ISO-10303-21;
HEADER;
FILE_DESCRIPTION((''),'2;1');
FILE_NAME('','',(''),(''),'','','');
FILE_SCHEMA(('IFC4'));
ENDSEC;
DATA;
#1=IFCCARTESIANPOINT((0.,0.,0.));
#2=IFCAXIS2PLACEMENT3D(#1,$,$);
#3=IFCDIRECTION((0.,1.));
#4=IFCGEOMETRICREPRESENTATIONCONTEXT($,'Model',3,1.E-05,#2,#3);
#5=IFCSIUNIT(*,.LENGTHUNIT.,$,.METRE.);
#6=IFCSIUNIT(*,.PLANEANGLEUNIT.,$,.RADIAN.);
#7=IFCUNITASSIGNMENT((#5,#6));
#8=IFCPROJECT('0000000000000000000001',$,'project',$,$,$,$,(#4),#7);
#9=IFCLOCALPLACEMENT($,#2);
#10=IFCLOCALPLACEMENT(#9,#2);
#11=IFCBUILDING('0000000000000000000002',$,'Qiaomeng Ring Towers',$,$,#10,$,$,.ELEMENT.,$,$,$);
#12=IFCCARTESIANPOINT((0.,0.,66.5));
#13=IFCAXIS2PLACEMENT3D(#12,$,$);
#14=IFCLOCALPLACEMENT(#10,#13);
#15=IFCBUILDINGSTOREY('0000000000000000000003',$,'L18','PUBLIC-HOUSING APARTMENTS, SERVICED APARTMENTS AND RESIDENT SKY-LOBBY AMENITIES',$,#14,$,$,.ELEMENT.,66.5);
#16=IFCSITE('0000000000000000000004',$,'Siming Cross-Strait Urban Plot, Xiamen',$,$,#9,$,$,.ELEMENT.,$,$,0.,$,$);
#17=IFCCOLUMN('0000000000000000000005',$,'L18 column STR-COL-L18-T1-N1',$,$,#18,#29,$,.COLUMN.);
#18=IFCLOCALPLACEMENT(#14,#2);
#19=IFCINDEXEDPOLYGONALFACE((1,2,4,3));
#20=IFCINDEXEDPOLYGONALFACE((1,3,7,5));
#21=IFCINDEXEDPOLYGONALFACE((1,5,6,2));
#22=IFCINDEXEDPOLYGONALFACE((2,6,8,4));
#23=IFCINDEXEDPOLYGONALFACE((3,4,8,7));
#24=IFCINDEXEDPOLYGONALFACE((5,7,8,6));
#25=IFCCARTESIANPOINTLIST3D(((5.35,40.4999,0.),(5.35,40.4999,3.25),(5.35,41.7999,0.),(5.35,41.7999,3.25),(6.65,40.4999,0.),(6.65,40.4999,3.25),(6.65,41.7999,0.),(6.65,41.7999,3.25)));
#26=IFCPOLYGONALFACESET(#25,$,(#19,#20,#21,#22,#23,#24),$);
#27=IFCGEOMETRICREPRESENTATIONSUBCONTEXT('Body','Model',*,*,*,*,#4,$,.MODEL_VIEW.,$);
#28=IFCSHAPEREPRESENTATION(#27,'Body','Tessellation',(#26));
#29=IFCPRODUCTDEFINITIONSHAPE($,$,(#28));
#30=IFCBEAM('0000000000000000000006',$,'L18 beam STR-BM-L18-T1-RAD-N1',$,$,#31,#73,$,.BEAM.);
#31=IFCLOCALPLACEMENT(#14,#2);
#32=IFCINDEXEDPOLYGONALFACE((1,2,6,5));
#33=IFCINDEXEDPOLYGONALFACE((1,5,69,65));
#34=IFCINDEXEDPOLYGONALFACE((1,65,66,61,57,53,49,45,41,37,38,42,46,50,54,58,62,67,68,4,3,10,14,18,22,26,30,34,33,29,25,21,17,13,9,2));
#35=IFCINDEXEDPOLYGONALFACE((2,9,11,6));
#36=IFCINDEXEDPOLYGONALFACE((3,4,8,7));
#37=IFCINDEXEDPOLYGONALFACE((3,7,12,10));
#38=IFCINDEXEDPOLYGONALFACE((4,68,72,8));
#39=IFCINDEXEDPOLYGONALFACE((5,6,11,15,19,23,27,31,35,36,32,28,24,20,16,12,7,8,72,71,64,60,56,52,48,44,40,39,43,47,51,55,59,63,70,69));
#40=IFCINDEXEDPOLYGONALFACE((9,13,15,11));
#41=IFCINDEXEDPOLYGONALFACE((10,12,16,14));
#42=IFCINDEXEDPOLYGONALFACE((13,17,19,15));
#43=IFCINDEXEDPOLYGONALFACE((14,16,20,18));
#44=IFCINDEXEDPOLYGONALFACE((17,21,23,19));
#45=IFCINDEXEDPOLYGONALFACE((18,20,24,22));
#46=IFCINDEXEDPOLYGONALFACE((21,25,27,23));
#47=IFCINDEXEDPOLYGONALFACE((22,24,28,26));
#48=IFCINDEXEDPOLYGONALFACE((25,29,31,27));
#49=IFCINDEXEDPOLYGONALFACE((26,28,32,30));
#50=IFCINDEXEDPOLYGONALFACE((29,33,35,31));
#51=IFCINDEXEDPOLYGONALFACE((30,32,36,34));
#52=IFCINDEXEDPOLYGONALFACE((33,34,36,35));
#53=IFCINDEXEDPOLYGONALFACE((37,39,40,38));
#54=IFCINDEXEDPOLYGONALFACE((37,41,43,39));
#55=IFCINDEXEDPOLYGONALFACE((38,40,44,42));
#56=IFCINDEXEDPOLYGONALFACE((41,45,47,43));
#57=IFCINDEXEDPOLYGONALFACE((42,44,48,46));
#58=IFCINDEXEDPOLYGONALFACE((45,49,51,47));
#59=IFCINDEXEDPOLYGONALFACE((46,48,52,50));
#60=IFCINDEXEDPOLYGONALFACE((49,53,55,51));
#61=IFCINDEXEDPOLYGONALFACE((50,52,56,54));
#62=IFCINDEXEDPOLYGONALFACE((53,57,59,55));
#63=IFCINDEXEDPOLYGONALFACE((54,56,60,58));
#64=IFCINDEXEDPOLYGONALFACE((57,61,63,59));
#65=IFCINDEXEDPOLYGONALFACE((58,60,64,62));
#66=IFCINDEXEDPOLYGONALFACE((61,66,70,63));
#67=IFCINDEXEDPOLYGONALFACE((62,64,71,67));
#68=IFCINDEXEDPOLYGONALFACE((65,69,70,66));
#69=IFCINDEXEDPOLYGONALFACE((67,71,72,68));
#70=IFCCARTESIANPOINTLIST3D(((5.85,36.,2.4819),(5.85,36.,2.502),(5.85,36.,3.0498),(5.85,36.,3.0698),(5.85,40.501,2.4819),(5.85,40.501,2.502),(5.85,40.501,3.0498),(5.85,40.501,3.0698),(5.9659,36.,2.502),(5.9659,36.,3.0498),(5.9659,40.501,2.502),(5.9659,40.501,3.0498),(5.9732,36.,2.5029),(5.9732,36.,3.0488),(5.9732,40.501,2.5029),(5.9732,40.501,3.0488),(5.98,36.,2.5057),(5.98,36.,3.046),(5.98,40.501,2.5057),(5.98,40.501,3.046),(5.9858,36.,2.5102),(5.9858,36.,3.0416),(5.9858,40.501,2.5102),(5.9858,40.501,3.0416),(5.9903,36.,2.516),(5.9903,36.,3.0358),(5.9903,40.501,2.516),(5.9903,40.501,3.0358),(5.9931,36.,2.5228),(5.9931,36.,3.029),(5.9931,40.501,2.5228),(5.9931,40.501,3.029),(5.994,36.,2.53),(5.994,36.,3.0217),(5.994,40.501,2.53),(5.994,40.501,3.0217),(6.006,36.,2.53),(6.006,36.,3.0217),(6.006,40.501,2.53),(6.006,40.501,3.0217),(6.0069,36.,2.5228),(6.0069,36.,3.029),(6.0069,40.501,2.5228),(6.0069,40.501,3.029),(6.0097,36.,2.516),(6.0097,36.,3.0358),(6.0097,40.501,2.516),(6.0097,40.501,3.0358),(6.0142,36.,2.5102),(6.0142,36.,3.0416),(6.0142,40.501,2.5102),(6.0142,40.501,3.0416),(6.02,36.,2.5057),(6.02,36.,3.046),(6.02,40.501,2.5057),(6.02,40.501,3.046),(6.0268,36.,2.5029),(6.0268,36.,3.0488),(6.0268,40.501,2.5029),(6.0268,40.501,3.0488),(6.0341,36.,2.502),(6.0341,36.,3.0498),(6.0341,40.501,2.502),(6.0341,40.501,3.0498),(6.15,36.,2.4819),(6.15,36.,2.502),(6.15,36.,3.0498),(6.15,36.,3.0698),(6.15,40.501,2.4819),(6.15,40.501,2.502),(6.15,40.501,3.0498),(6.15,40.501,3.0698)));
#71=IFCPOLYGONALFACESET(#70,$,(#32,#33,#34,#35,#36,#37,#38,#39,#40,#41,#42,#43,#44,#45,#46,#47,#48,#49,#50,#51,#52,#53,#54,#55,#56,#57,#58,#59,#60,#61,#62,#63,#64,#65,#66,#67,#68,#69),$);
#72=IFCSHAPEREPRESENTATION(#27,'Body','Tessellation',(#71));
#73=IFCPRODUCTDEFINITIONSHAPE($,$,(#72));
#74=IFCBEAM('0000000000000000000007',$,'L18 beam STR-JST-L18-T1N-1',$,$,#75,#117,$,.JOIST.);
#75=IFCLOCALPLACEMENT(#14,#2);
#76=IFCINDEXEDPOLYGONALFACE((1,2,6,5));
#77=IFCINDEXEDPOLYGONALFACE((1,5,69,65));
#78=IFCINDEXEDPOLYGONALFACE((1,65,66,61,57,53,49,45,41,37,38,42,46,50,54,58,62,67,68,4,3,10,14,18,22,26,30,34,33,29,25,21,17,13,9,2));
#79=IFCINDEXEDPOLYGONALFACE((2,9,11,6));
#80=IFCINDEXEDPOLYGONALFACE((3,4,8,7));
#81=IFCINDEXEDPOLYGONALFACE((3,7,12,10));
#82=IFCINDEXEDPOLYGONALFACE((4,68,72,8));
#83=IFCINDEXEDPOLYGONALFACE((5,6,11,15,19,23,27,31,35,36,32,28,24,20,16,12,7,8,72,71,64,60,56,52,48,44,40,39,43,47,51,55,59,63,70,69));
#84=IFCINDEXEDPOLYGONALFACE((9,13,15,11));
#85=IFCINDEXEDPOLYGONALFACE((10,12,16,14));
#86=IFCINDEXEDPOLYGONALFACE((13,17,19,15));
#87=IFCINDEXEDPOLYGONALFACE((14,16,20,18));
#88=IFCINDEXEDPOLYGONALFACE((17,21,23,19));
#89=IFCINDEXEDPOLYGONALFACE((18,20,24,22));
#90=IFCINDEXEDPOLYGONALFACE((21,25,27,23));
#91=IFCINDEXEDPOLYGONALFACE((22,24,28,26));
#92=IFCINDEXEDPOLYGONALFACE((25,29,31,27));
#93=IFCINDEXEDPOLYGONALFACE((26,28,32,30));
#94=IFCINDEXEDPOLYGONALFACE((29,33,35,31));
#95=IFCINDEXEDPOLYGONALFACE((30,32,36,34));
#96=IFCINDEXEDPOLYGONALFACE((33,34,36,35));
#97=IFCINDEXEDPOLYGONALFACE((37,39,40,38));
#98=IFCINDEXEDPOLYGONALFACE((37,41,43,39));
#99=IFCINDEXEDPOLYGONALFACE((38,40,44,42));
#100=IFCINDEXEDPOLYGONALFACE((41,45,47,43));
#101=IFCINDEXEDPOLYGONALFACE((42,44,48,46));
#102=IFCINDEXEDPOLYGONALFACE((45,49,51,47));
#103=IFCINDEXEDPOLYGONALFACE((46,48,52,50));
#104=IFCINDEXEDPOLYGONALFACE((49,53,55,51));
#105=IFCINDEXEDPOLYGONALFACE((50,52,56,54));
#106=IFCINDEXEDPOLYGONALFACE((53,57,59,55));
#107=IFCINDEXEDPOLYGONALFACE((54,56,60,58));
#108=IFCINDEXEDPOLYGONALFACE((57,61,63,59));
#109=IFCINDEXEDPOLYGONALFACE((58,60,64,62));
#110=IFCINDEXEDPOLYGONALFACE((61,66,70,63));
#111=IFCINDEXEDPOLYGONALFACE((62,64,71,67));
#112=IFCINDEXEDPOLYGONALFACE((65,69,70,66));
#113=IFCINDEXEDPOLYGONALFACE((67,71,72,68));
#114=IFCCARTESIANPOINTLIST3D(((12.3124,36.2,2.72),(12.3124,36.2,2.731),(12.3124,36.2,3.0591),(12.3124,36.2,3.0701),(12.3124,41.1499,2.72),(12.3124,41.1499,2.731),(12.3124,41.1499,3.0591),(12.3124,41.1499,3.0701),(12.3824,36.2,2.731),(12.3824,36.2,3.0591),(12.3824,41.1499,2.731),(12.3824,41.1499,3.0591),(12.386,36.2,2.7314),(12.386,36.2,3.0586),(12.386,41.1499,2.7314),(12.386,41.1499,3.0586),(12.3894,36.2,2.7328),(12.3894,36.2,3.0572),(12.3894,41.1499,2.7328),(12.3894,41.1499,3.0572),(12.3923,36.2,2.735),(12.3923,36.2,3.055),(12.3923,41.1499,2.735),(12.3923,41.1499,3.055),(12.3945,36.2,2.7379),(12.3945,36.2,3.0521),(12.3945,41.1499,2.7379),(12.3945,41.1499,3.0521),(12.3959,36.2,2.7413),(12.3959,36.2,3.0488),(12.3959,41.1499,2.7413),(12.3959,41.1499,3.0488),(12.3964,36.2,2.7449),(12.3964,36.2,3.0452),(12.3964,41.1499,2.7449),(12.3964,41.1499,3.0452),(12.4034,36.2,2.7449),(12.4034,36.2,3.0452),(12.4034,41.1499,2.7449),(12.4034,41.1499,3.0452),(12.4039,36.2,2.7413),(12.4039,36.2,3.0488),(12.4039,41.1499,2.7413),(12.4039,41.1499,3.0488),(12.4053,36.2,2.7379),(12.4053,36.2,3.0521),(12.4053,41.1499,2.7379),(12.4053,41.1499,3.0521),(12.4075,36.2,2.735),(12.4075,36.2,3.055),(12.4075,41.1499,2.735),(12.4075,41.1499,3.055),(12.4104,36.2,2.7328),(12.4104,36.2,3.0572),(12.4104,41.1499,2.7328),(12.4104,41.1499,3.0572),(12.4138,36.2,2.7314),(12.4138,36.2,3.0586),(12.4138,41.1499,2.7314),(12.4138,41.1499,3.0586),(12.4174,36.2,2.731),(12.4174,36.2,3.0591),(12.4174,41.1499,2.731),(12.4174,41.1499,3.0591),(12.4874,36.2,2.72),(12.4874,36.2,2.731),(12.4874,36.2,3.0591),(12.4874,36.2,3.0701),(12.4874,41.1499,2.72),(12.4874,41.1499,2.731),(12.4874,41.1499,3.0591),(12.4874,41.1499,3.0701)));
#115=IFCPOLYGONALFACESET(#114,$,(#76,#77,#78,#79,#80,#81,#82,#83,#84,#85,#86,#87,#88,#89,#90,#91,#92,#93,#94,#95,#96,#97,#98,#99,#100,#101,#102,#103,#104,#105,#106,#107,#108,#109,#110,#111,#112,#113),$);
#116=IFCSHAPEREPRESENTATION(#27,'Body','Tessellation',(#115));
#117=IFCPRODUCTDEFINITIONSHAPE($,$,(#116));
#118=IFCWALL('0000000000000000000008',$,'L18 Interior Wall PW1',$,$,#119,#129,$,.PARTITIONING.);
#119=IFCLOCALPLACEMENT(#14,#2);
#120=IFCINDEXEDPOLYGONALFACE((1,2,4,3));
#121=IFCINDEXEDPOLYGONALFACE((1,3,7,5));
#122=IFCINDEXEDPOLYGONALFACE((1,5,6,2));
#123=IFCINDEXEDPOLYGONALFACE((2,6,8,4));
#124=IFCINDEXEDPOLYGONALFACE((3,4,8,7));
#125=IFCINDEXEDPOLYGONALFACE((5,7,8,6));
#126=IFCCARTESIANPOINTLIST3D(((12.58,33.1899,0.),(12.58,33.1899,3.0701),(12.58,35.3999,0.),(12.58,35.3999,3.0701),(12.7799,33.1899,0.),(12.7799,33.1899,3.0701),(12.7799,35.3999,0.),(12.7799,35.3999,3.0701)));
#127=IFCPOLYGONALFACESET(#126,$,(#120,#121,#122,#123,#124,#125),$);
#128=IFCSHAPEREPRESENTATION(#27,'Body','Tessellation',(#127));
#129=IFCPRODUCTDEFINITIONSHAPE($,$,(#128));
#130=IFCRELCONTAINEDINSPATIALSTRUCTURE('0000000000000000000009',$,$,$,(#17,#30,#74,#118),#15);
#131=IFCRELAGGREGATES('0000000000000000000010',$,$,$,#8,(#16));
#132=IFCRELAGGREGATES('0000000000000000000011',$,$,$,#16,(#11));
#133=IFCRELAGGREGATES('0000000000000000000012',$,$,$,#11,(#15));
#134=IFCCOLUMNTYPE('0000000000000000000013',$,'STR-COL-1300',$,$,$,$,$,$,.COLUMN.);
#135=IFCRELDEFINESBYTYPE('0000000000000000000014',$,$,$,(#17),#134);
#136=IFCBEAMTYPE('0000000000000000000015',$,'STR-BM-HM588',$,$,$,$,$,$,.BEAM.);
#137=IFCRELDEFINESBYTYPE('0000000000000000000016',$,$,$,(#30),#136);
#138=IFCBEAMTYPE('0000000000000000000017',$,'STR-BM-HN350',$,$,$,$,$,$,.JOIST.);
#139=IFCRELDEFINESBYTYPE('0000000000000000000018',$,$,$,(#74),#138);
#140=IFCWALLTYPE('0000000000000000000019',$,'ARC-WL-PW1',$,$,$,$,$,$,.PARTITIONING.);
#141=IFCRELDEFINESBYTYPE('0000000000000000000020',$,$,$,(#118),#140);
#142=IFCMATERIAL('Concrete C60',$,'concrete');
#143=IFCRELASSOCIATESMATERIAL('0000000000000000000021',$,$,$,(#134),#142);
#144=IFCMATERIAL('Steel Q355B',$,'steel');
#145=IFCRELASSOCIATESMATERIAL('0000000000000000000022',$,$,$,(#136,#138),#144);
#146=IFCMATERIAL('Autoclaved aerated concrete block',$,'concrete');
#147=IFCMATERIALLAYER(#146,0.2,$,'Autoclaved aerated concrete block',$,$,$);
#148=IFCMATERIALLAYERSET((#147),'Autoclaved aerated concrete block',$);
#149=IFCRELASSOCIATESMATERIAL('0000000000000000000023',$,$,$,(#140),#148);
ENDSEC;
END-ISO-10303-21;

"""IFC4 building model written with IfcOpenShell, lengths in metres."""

from ifc_helpers import new_model, si_unit, direction, frame, frame_2d, origin, origin_2d, place, context, subcontext, project, spatial, rectangle, i_section, extrude, source, transform, mapped, material, layer, layer_set, material_profile, profile_set, type_object, element, save


model = new_model("IFC4")

# Units and contexts
model_context = context("Model", 3, precision=1e-05, world=origin(), true_north=direction((0.0, 1.0)))
body_context = subcontext(model_context, "Body", "Model", "MODEL_VIEW")
ifc_project = project(units=[si_unit("LENGTHUNIT", "METRE"), si_unit("PLANEANGLEUNIT", "RADIAN")], contexts=[model_context])

# Site, building, storey
site_placement = place(None, origin())
site = spatial("IfcSite", under=ifc_project, at=site_placement, Name="Siming Cross-Strait Urban Plot, Xiamen", CompositionType="ELEMENT", RefElevation=0.0)
building_placement = place(site_placement, origin())
building = spatial("IfcBuilding", under=site, at=building_placement, Name="Qiaomeng Ring Towers", CompositionType="ELEMENT")
storey_placement = place(building_placement, frame((0.0, 0.0, 66.5)))
storey = spatial("IfcBuildingStorey", under=building, at=storey_placement, Name="L18", Description="PUBLIC-HOUSING APARTMENTS, SERVICED APARTMENTS AND RESIDENT SKY-LOBBY AMENITIES", CompositionType="ELEMENT", Elevation=66.5)

# Column
ifc_material_1 = material(Name="Concrete C60", Category="concrete")
ifc_material_profile_1 = material_profile(ifc_material_1, rectangle(XDim=1.3, YDim=1.3, at=origin_2d()), Name="RC COL 1300x1300")
ifc_profile_set_1 = profile_set([ifc_material_profile_1], Name="Concrete C60")
column_type = type_object("IfcColumnType", Name="STR-COL-1300", PredefinedType="COLUMN", material=ifc_profile_set_1)
shared_shape_1 = source(origin(), body_context, "Body", "SweptSolid", [
    extrude(rectangle(XDim=1.3, YDim=1.3, at=origin_2d()), origin(), (0.0, 0.0, 1.0), 3.25),
])
column_placement = place(storey_placement, frame((6.0, 41.1499, 0.0), z_axis=(0.0, 0.0, 1.0), x_axis=(1.0, 0.0, 0.0)))
element("IfcColumn", 1, at=column_placement, inside=storey, type_object=column_type, Name="L18 column STR-COL-L18-T1-N1", PredefinedType="COLUMN", context=body_context, shape_type="MappedRepresentation", body=[
    mapped(shared_shape_1, transform((0.0, 0.0, 0.0), x_axis=(1.0, 0.0, 0.0), y_axis=(0.0, 1.0, 0.0), z_axis=(0.0, 0.0, 1.0), scale=1.0)),
])

# Beams
ifc_material_2 = material(Name="Steel Q355B", Category="steel")
ifc_material_profile_2 = material_profile(ifc_material_2, i_section(OverallWidth=0.3, OverallDepth=0.5879, WebThickness=0.012, FlangeThickness=0.02, FilletRadius=0.0281, at=origin_2d()), Name="HM 588x300x12x20")
ifc_profile_set_2 = profile_set([ifc_material_profile_2], Name="Steel Q355B")
beam_type_1 = type_object("IfcBeamType", Name="STR-BM-HM588", PredefinedType="BEAM", material=ifc_profile_set_2)
shared_shape_2 = source(origin(), body_context, "Body", "SweptSolid", [
    extrude(i_section(OverallWidth=0.3, OverallDepth=0.5879, WebThickness=0.012, FlangeThickness=0.02, FilletRadius=0.0281, at=origin_2d()), origin(), (0.0, 0.0, 1.0), 4.501),
])
beam_1_placement = place(storey_placement, frame((6.0, 40.501, 2.7759), z_axis=(0.0, -1.0, 0.0), x_axis=(1.0, 0.0, 0.0)))
element("IfcBeam", 2, at=beam_1_placement, inside=storey, type_object=beam_type_1, Name="L18 beam STR-BM-L18-T1-RAD-N1", PredefinedType="BEAM", context=body_context, shape_type="MappedRepresentation", body=[
    mapped(shared_shape_2, transform((0.0, 0.0, 0.0), x_axis=(1.0, 0.0, 0.0), y_axis=(0.0, 1.0, 0.0), z_axis=(0.0, 0.0, 1.0), scale=1.0)),
])
ifc_material_profile_3 = material_profile(ifc_material_2, i_section(OverallWidth=0.175, OverallDepth=0.3501, WebThickness=0.0071, FlangeThickness=0.011, FilletRadius=0.0139, at=origin_2d()), Name="HN 350x175x7x11")
ifc_profile_set_3 = profile_set([ifc_material_profile_3], Name="Steel Q355B")
beam_type_2 = type_object("IfcBeamType", Name="STR-BM-HN350", PredefinedType="JOIST", material=ifc_profile_set_3)
shared_shape_3 = source(origin(), body_context, "Body", "SweptSolid", [
    extrude(i_section(OverallWidth=0.175, OverallDepth=0.3501, WebThickness=0.0071, FlangeThickness=0.011, FilletRadius=0.0139, at=origin_2d()), origin(), (0.0, 0.0, 1.0), 4.95),
])
beam_2_placement = place(storey_placement, frame((12.3999, 36.2, 2.895), z_axis=(0.0, 1.0, 0.0), x_axis=(-1.0, 0.0, 0.0)))
element("IfcBeam", 3, at=beam_2_placement, inside=storey, type_object=beam_type_2, Name="L18 beam STR-JST-L18-T1N-1", PredefinedType="JOIST", context=body_context, shape_type="MappedRepresentation", body=[
    mapped(shared_shape_3, transform((0.0, 0.0, 0.0), x_axis=(1.0, 0.0, 0.0), y_axis=(0.0, 1.0, 0.0), z_axis=(0.0, 0.0, 1.0), scale=1.0)),
])

# Wall
ifc_material_3 = material(Name="Autoclaved aerated concrete block", Category="concrete")
ifc_layer_1 = layer(ifc_material_3, 0.2, Name="Autoclaved aerated concrete block")
ifc_layer_set_1 = layer_set([ifc_layer_1], Name="Autoclaved aerated concrete block")
wall_type_1 = type_object("IfcWallType", Name="ARC-WL-PW1", PredefinedType="PARTITIONING", material=ifc_layer_set_1)
wall_1_placement = place(storey_placement, frame((12.6799, 33.1899, 0.0), z_axis=(0.0, 0.0, 1.0), x_axis=(0.0, 1.0, 0.0)))
element("IfcWall", 4, at=wall_1_placement, inside=storey, type_object=wall_type_1, Name="L18 Interior Wall PW1", PredefinedType="PARTITIONING", context=body_context, shape_type="SweptSolid", body=[
    extrude(rectangle(XDim=2.21, YDim=0.2, at=frame_2d((1.105, 0.0))), origin(), (0.0, 0.0, 1.0), 3.0701),
])

save(model, "model.ifc")
